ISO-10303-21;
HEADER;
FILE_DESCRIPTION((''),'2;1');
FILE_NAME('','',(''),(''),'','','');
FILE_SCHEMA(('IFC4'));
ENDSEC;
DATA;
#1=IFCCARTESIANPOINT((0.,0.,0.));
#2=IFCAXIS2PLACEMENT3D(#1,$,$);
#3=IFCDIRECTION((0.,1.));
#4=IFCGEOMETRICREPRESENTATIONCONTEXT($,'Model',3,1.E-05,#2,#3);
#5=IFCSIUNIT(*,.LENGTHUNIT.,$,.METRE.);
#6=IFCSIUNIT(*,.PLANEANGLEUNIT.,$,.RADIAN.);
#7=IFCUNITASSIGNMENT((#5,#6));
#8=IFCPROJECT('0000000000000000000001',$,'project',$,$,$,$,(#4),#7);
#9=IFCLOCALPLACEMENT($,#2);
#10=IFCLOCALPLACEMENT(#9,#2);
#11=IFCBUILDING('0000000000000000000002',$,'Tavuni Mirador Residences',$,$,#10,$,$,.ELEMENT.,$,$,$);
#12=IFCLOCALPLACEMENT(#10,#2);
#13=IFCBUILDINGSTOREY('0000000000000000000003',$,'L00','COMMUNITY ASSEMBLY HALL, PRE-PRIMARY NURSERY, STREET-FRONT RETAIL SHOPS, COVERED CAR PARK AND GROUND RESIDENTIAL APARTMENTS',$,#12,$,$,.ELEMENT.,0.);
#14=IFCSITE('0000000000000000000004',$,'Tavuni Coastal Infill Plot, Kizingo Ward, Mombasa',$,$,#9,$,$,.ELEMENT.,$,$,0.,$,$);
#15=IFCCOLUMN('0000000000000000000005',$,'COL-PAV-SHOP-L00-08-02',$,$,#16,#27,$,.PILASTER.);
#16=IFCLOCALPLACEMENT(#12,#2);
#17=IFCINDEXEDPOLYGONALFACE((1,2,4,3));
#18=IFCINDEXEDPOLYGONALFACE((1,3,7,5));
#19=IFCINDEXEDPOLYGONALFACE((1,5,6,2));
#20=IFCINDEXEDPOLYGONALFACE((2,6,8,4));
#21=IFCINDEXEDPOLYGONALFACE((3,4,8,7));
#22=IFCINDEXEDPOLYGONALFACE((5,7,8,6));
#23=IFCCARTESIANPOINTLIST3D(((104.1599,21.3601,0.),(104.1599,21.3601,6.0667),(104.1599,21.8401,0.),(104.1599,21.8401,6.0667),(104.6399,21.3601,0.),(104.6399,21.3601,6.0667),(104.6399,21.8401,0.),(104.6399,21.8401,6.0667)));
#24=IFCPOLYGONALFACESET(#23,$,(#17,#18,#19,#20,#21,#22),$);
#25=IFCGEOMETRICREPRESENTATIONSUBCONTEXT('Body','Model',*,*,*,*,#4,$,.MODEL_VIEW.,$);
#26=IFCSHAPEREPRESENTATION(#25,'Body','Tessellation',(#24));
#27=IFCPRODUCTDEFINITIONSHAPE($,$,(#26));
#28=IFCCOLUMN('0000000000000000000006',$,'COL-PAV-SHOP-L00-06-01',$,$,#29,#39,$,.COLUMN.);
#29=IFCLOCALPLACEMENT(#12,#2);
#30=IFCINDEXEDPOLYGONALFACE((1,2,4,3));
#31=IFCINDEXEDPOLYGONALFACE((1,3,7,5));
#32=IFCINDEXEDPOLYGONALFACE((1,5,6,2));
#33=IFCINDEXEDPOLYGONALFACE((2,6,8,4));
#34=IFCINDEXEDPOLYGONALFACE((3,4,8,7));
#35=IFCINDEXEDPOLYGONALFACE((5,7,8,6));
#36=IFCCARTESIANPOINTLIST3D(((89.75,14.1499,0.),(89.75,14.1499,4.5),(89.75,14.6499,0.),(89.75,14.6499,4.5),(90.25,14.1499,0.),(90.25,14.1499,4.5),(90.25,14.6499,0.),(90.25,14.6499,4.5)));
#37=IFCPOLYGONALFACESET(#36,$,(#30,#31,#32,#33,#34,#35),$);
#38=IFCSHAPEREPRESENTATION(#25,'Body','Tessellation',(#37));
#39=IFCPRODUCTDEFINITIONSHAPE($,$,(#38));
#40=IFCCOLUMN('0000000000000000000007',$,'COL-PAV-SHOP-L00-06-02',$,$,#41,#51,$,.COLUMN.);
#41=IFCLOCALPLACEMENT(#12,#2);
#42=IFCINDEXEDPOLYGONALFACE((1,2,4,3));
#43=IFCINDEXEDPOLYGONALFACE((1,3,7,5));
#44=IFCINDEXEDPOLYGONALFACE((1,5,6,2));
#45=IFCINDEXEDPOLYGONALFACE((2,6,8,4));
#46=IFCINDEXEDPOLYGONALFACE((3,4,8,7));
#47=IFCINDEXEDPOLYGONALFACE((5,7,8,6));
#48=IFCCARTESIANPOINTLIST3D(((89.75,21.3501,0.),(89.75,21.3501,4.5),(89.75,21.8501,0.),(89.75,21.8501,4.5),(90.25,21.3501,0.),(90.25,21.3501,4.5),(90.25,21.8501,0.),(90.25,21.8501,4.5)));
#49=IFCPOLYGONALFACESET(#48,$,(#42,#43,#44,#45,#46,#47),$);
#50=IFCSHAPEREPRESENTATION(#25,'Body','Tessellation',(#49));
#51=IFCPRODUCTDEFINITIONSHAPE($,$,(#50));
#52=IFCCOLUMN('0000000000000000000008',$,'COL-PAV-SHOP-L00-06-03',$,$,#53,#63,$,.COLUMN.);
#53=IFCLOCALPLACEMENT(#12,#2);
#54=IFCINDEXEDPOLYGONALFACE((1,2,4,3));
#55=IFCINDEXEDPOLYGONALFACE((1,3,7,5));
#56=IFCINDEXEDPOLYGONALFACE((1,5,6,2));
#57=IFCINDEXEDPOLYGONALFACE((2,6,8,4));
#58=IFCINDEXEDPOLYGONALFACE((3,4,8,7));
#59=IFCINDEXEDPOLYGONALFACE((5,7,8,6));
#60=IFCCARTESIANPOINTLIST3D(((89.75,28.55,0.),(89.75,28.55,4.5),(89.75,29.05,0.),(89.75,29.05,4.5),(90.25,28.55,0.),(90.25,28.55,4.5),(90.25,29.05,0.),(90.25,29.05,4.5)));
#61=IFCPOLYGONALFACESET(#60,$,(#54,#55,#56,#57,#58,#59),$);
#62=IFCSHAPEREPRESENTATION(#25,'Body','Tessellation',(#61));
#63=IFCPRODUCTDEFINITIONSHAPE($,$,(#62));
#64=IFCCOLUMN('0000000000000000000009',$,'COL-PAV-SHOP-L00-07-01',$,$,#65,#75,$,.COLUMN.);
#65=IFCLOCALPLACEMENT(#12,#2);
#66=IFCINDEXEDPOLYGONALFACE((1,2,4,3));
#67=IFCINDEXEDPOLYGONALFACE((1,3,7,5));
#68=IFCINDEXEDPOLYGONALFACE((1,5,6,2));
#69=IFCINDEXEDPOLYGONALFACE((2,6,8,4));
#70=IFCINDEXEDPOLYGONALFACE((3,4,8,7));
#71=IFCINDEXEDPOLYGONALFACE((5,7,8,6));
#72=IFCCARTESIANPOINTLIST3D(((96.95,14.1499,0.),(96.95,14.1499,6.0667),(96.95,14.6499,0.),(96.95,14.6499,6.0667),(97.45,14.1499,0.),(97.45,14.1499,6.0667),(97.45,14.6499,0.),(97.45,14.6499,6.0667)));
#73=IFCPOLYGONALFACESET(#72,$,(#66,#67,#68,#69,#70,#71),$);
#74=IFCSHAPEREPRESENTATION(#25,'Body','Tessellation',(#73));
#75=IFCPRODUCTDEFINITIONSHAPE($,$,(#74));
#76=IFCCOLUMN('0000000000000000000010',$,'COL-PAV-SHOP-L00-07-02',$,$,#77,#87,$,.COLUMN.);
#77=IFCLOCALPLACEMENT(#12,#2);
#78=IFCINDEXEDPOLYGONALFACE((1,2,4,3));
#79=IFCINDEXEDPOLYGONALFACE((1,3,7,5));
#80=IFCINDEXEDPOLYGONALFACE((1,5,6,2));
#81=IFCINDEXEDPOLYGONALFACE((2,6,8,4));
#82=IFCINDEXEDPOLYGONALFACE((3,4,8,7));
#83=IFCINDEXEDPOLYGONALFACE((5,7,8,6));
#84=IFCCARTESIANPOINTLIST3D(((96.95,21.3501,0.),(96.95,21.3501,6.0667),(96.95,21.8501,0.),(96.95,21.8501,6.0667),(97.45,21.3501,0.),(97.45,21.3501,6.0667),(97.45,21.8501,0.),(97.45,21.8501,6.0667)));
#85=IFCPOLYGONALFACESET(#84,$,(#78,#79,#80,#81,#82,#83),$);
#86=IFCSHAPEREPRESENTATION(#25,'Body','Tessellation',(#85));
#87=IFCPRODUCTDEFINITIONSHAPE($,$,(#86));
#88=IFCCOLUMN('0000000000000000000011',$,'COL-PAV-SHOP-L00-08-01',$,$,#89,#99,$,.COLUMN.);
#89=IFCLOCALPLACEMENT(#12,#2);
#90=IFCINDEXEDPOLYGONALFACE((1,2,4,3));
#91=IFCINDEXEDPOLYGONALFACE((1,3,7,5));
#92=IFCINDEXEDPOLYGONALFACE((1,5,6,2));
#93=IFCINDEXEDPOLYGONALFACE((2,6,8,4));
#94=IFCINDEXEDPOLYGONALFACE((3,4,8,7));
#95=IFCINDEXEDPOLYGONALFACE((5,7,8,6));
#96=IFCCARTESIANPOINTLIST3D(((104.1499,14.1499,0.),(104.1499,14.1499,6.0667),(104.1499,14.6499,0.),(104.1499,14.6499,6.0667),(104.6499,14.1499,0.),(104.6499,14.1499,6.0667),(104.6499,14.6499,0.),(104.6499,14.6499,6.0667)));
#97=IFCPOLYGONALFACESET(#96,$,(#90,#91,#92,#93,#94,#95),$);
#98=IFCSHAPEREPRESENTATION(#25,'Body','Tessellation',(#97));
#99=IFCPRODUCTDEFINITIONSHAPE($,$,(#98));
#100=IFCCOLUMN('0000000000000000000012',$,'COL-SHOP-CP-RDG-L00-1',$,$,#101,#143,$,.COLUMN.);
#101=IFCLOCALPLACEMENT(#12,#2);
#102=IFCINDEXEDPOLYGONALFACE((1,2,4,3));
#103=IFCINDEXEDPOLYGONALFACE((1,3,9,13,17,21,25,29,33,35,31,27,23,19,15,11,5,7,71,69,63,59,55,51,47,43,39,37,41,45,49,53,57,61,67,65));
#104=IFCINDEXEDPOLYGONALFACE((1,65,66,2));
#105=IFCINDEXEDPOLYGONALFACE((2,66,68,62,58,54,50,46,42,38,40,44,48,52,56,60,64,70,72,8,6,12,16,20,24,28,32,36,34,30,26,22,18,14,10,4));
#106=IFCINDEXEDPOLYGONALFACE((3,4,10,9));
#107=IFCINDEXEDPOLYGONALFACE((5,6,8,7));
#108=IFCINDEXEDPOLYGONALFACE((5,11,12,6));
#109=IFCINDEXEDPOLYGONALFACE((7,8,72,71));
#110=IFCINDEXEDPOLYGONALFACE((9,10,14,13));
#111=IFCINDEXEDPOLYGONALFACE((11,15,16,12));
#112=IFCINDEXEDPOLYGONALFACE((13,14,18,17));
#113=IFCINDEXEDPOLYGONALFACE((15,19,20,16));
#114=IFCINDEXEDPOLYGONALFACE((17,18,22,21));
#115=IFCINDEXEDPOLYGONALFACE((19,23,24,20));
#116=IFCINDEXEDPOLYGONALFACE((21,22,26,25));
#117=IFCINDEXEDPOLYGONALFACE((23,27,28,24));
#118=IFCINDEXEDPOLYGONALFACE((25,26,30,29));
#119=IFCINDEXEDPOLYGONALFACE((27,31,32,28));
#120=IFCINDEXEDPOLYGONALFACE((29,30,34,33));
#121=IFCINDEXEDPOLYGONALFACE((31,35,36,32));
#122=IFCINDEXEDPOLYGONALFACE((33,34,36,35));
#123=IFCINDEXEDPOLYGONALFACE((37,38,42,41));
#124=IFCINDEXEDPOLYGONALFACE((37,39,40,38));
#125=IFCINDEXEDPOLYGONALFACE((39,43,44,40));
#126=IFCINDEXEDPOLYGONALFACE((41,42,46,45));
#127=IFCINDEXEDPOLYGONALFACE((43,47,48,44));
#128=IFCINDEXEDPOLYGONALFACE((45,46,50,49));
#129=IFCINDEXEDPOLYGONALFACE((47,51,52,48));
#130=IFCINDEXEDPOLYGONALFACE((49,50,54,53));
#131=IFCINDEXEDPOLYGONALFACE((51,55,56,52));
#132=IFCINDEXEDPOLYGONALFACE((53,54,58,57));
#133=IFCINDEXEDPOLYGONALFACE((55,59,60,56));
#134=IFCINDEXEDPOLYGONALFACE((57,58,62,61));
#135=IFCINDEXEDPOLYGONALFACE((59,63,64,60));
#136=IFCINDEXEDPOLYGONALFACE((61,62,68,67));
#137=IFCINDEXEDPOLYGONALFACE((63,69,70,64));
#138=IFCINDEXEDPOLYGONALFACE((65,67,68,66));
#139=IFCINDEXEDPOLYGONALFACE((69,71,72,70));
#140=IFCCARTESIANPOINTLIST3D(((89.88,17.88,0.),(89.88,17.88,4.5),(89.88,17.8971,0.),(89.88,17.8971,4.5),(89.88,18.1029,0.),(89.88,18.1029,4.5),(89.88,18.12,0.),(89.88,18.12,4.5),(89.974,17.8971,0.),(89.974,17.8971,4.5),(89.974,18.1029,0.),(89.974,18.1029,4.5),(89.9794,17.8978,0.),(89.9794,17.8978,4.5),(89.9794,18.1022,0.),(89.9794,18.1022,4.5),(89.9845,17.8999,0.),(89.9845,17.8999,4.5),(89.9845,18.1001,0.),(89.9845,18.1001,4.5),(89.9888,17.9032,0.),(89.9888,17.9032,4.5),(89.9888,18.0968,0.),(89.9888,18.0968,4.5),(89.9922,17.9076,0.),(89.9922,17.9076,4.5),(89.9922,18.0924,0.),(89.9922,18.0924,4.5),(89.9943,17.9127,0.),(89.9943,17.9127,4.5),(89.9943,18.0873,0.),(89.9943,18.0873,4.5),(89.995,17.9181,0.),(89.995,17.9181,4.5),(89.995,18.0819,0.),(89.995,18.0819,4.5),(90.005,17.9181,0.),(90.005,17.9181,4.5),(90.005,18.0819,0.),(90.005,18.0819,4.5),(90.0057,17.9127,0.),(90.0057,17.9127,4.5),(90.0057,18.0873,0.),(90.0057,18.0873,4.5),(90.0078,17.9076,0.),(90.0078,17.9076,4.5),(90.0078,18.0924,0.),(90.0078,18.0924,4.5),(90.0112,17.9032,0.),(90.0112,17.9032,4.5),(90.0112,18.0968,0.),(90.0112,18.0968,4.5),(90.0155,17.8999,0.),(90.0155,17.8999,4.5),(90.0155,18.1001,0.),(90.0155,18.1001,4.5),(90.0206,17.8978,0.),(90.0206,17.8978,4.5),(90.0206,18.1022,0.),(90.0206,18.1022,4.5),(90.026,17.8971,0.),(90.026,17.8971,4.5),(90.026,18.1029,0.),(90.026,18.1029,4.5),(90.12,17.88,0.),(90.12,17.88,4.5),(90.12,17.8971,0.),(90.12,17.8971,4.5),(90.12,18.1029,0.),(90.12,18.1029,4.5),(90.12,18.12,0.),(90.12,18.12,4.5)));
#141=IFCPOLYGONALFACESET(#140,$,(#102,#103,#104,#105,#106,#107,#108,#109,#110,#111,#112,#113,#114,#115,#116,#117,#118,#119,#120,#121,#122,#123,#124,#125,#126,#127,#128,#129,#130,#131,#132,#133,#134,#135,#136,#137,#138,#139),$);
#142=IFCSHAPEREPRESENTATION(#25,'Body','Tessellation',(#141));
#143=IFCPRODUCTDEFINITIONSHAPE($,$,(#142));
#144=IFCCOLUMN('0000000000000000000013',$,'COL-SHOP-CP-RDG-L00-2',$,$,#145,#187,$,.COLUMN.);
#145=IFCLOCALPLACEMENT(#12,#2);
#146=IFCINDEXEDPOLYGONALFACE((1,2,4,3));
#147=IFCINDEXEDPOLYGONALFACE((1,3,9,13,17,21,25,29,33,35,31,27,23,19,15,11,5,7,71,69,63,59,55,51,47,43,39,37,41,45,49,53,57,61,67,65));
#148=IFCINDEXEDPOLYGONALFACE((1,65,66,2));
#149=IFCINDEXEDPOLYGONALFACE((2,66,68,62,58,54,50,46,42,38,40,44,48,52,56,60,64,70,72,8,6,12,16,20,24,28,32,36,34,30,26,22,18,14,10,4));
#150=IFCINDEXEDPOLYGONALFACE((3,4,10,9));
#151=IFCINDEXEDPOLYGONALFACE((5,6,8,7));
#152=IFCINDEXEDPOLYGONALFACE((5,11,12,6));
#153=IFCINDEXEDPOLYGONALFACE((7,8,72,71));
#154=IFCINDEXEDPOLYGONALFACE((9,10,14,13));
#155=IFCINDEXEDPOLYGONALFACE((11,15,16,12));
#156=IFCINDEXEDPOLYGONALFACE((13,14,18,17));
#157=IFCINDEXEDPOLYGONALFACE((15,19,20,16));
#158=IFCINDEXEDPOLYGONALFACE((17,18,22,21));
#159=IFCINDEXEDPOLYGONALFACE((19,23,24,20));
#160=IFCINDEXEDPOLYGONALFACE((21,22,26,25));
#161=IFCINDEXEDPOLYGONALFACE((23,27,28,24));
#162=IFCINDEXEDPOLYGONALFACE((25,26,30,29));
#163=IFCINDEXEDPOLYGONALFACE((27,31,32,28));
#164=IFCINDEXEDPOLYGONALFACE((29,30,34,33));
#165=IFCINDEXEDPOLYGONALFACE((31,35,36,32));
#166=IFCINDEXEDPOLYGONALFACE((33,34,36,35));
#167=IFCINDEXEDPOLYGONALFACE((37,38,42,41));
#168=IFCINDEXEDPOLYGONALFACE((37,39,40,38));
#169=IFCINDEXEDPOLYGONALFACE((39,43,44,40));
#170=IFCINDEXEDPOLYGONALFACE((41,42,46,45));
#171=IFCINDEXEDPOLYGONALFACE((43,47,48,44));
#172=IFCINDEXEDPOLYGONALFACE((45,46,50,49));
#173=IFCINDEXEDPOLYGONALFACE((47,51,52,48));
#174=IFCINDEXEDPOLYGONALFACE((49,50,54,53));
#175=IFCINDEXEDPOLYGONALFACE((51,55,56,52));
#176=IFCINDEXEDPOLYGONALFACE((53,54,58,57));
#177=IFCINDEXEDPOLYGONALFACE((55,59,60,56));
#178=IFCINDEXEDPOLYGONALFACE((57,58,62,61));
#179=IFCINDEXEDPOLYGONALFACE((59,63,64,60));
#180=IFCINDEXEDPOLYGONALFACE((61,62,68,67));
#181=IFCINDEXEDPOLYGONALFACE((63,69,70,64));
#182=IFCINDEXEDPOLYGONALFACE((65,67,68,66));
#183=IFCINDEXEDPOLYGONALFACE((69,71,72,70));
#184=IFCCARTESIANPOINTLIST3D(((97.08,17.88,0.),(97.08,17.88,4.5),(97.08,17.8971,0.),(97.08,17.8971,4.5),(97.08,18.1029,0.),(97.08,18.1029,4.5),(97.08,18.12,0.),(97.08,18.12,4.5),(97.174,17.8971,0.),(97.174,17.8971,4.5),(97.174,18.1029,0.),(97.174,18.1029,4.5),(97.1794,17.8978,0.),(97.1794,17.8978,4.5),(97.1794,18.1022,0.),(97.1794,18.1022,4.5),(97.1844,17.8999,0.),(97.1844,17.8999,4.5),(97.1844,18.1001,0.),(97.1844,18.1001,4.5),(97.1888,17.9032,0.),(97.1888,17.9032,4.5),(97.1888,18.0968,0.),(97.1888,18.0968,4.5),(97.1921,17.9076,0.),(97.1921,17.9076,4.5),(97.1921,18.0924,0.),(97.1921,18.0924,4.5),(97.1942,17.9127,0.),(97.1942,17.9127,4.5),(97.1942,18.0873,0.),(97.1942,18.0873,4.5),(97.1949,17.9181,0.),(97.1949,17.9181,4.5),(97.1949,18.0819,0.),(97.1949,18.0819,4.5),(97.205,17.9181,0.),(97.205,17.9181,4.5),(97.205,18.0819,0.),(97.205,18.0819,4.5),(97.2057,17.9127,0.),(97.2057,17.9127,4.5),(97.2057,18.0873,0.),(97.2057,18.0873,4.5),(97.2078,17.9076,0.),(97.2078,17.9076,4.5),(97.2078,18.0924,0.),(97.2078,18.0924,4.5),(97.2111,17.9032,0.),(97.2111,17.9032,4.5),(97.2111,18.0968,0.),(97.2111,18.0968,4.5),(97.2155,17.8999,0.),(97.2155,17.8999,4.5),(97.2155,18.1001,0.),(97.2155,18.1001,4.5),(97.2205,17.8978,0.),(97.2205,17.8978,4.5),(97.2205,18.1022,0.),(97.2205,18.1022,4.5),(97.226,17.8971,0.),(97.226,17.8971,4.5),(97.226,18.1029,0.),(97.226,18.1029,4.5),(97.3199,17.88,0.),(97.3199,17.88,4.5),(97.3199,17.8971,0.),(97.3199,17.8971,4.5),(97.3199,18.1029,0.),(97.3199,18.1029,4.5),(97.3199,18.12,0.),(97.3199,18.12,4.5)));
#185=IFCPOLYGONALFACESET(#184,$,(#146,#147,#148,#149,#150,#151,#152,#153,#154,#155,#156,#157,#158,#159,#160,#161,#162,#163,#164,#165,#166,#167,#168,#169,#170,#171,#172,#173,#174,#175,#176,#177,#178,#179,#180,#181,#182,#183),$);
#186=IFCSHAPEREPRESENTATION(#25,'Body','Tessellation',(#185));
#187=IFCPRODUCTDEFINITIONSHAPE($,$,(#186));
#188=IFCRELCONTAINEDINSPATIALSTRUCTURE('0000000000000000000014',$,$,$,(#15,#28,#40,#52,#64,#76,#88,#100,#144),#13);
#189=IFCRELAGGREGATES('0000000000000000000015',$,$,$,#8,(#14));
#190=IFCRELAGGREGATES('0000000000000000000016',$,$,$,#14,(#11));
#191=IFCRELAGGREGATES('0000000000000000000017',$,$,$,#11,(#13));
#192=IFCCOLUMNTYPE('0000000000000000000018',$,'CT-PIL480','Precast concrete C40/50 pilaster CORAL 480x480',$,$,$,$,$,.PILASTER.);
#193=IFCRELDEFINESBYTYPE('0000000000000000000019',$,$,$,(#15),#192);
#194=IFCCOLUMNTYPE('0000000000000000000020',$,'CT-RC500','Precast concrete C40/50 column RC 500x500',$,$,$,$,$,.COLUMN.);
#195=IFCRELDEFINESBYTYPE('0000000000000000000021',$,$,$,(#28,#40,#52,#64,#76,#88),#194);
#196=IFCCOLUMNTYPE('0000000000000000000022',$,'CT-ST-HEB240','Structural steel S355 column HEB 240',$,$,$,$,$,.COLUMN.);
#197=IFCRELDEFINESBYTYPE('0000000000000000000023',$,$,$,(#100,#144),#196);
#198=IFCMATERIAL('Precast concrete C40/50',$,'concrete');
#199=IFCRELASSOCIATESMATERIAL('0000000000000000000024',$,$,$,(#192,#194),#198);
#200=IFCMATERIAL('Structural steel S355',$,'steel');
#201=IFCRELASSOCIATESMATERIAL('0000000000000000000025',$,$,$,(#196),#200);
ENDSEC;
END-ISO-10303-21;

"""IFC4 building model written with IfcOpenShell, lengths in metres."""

from ifc_helpers import new_model, si_unit, direction, frame, origin, origin_2d, place, context, subcontext, project, spatial, rectangle, i_section, extrude, material, material_profile, profile_set, type_object, element, save


model = new_model("IFC4")

# Units and contexts
model_context = context("Model", 3, precision=1e-05, world=origin(), true_north=direction((0.0, 1.0)))
body_context = subcontext(model_context, "Body", "Model", "MODEL_VIEW")
ifc_project = project(units=[si_unit("LENGTHUNIT", "METRE"), si_unit("PLANEANGLEUNIT", "RADIAN")], contexts=[model_context])

# Site, building, storey
site_placement = place(None, origin())
site = spatial("IfcSite", under=ifc_project, at=site_placement, Name="Tavuni Coastal Infill Plot, Kizingo Ward, Mombasa", CompositionType="ELEMENT", RefElevation=0.0)
building_placement = place(site_placement, origin())
building = spatial("IfcBuilding", under=site, at=building_placement, Name="Tavuni Mirador Residences", CompositionType="ELEMENT")
storey_placement = place(building_placement, origin())
storey = spatial("IfcBuildingStorey", under=building, at=storey_placement, Name="L00", Description="COMMUNITY ASSEMBLY HALL, PRE-PRIMARY NURSERY, STREET-FRONT RETAIL SHOPS, COVERED CAR PARK AND GROUND RESIDENTIAL APARTMENTS", CompositionType="ELEMENT", Elevation=0.0)

# Columns
ifc_material_1 = material(Name="Precast concrete C40/50", Category="concrete")
ifc_material_profile_1 = material_profile(ifc_material_1, rectangle(XDim=0.48, YDim=0.48, at=origin_2d()), Name="CORAL 480x480", Category="concrete")
ifc_profile_set_1 = profile_set([ifc_material_profile_1], Name="Precast concrete C40/50")
column_type_1 = type_object("IfcColumnType", Name="CT-PIL480", Description="Precast concrete C40/50 pilaster CORAL 480x480", PredefinedType="PILASTER", material=ifc_profile_set_1)
column_placement = place(storey_placement, frame((104.3999, 21.6001, 0.0), z_axis=(0.0, 0.0, 1.0), x_axis=(1.0, 0.0, 0.0)))
element("IfcColumn", 1, at=column_placement, inside=storey, type_object=column_type_1, Name="COL-PAV-SHOP-L00-08-02", PredefinedType="PILASTER", context=body_context, shape_type="SweptSolid", body=[
    extrude(rectangle(XDim=0.48, YDim=0.48, at=origin_2d()), origin(), (0.0, 0.0, 1.0), 6.0667),
])
ifc_material_profile_2 = material_profile(ifc_material_1, rectangle(XDim=0.5, YDim=0.5, at=origin_2d()), Name="RC 500x500", Category="concrete")
ifc_profile_set_2 = profile_set([ifc_material_profile_2], Name="Precast concrete C40/50")
column_type_2 = type_object("IfcColumnType", Name="CT-RC500", Description="Precast concrete C40/50 column RC 500x500", PredefinedType="COLUMN", material=ifc_profile_set_2)
for number, where, z_axis, x_axis, name in (
    (2, (90.0, 14.3999, 0.0), (0.0, 0.0, 1.0), (1.0, 0.0, 0.0), "COL-PAV-SHOP-L00-06-01"),
    (3, (90.0, 21.6001, 0.0), (0.0, 0.0, 1.0), (1.0, 0.0, 0.0), "COL-PAV-SHOP-L00-06-02"),
    (4, (90.0, 28.8, 0.0), (0.0, 0.0, 1.0), (1.0, 0.0, 0.0), "COL-PAV-SHOP-L00-06-03"),
):
    element("IfcColumn", number, at=place(storey_placement, frame(where, z_axis=z_axis, x_axis=x_axis)), inside=storey, type_object=column_type_2, Name=name, PredefinedType="COLUMN", context=body_context, shape_type="SweptSolid", body=[
        extrude(rectangle(XDim=0.5, YDim=0.5, at=origin_2d()), origin(), (0.0, 0.0, 1.0), 4.5),
    ])
for number, where, z_axis, x_axis, name in (
    (5, (97.2, 14.3999, 0.0), (0.0, 0.0, 1.0), (1.0, 0.0, 0.0), "COL-PAV-SHOP-L00-07-01"),
    (6, (97.2, 21.6001, 0.0), (0.0, 0.0, 1.0), (1.0, 0.0, 0.0), "COL-PAV-SHOP-L00-07-02"),
    (7, (104.3999, 14.3999, 0.0), (0.0, 0.0, 1.0), (1.0, 0.0, 0.0), "COL-PAV-SHOP-L00-08-01"),
):
    element("IfcColumn", number, at=place(storey_placement, frame(where, z_axis=z_axis, x_axis=x_axis)), inside=storey, type_object=column_type_2, Name=name, PredefinedType="COLUMN", context=body_context, shape_type="SweptSolid", body=[
        extrude(rectangle(XDim=0.5, YDim=0.5, at=origin_2d()), origin(), (0.0, 0.0, 1.0), 6.0667),
    ])
ifc_material_2 = material(Name="Structural steel S355", Category="steel")
ifc_material_profile_3 = material_profile(ifc_material_2, i_section(OverallWidth=0.24, OverallDepth=0.24, WebThickness=0.01, FlangeThickness=0.0171, FilletRadius=0.021, at=origin_2d()), Name="HEB 240", Category="steel")
ifc_profile_set_3 = profile_set([ifc_material_profile_3], Name="Structural steel S355")
column_type_3 = type_object("IfcColumnType", Name="CT-ST-HEB240", Description="Structural steel S355 column HEB 240", PredefinedType="COLUMN", material=ifc_profile_set_3)
for number, where, z_axis, x_axis, name in (
    (8, (90.0, 18.0, 0.0), (0.0, 0.0, 1.0), (1.0, 0.0, 0.0), "COL-SHOP-CP-RDG-L00-1"),
    (9, (97.2, 18.0, 0.0), (0.0, 0.0, 1.0), (1.0, 0.0, 0.0), "COL-SHOP-CP-RDG-L00-2"),
):
    element("IfcColumn", number, at=place(storey_placement, frame(where, z_axis=z_axis, x_axis=x_axis)), inside=storey, type_object=column_type_3, Name=name, PredefinedType="COLUMN", context=body_context, shape_type="SweptSolid", body=[
        extrude(i_section(OverallWidth=0.24, OverallDepth=0.24, WebThickness=0.01, FlangeThickness=0.0171, FilletRadius=0.021, at=origin_2d()), origin(), (0.0, 0.0, 1.0), 4.5),
    ])

save(model, "model.ifc")
